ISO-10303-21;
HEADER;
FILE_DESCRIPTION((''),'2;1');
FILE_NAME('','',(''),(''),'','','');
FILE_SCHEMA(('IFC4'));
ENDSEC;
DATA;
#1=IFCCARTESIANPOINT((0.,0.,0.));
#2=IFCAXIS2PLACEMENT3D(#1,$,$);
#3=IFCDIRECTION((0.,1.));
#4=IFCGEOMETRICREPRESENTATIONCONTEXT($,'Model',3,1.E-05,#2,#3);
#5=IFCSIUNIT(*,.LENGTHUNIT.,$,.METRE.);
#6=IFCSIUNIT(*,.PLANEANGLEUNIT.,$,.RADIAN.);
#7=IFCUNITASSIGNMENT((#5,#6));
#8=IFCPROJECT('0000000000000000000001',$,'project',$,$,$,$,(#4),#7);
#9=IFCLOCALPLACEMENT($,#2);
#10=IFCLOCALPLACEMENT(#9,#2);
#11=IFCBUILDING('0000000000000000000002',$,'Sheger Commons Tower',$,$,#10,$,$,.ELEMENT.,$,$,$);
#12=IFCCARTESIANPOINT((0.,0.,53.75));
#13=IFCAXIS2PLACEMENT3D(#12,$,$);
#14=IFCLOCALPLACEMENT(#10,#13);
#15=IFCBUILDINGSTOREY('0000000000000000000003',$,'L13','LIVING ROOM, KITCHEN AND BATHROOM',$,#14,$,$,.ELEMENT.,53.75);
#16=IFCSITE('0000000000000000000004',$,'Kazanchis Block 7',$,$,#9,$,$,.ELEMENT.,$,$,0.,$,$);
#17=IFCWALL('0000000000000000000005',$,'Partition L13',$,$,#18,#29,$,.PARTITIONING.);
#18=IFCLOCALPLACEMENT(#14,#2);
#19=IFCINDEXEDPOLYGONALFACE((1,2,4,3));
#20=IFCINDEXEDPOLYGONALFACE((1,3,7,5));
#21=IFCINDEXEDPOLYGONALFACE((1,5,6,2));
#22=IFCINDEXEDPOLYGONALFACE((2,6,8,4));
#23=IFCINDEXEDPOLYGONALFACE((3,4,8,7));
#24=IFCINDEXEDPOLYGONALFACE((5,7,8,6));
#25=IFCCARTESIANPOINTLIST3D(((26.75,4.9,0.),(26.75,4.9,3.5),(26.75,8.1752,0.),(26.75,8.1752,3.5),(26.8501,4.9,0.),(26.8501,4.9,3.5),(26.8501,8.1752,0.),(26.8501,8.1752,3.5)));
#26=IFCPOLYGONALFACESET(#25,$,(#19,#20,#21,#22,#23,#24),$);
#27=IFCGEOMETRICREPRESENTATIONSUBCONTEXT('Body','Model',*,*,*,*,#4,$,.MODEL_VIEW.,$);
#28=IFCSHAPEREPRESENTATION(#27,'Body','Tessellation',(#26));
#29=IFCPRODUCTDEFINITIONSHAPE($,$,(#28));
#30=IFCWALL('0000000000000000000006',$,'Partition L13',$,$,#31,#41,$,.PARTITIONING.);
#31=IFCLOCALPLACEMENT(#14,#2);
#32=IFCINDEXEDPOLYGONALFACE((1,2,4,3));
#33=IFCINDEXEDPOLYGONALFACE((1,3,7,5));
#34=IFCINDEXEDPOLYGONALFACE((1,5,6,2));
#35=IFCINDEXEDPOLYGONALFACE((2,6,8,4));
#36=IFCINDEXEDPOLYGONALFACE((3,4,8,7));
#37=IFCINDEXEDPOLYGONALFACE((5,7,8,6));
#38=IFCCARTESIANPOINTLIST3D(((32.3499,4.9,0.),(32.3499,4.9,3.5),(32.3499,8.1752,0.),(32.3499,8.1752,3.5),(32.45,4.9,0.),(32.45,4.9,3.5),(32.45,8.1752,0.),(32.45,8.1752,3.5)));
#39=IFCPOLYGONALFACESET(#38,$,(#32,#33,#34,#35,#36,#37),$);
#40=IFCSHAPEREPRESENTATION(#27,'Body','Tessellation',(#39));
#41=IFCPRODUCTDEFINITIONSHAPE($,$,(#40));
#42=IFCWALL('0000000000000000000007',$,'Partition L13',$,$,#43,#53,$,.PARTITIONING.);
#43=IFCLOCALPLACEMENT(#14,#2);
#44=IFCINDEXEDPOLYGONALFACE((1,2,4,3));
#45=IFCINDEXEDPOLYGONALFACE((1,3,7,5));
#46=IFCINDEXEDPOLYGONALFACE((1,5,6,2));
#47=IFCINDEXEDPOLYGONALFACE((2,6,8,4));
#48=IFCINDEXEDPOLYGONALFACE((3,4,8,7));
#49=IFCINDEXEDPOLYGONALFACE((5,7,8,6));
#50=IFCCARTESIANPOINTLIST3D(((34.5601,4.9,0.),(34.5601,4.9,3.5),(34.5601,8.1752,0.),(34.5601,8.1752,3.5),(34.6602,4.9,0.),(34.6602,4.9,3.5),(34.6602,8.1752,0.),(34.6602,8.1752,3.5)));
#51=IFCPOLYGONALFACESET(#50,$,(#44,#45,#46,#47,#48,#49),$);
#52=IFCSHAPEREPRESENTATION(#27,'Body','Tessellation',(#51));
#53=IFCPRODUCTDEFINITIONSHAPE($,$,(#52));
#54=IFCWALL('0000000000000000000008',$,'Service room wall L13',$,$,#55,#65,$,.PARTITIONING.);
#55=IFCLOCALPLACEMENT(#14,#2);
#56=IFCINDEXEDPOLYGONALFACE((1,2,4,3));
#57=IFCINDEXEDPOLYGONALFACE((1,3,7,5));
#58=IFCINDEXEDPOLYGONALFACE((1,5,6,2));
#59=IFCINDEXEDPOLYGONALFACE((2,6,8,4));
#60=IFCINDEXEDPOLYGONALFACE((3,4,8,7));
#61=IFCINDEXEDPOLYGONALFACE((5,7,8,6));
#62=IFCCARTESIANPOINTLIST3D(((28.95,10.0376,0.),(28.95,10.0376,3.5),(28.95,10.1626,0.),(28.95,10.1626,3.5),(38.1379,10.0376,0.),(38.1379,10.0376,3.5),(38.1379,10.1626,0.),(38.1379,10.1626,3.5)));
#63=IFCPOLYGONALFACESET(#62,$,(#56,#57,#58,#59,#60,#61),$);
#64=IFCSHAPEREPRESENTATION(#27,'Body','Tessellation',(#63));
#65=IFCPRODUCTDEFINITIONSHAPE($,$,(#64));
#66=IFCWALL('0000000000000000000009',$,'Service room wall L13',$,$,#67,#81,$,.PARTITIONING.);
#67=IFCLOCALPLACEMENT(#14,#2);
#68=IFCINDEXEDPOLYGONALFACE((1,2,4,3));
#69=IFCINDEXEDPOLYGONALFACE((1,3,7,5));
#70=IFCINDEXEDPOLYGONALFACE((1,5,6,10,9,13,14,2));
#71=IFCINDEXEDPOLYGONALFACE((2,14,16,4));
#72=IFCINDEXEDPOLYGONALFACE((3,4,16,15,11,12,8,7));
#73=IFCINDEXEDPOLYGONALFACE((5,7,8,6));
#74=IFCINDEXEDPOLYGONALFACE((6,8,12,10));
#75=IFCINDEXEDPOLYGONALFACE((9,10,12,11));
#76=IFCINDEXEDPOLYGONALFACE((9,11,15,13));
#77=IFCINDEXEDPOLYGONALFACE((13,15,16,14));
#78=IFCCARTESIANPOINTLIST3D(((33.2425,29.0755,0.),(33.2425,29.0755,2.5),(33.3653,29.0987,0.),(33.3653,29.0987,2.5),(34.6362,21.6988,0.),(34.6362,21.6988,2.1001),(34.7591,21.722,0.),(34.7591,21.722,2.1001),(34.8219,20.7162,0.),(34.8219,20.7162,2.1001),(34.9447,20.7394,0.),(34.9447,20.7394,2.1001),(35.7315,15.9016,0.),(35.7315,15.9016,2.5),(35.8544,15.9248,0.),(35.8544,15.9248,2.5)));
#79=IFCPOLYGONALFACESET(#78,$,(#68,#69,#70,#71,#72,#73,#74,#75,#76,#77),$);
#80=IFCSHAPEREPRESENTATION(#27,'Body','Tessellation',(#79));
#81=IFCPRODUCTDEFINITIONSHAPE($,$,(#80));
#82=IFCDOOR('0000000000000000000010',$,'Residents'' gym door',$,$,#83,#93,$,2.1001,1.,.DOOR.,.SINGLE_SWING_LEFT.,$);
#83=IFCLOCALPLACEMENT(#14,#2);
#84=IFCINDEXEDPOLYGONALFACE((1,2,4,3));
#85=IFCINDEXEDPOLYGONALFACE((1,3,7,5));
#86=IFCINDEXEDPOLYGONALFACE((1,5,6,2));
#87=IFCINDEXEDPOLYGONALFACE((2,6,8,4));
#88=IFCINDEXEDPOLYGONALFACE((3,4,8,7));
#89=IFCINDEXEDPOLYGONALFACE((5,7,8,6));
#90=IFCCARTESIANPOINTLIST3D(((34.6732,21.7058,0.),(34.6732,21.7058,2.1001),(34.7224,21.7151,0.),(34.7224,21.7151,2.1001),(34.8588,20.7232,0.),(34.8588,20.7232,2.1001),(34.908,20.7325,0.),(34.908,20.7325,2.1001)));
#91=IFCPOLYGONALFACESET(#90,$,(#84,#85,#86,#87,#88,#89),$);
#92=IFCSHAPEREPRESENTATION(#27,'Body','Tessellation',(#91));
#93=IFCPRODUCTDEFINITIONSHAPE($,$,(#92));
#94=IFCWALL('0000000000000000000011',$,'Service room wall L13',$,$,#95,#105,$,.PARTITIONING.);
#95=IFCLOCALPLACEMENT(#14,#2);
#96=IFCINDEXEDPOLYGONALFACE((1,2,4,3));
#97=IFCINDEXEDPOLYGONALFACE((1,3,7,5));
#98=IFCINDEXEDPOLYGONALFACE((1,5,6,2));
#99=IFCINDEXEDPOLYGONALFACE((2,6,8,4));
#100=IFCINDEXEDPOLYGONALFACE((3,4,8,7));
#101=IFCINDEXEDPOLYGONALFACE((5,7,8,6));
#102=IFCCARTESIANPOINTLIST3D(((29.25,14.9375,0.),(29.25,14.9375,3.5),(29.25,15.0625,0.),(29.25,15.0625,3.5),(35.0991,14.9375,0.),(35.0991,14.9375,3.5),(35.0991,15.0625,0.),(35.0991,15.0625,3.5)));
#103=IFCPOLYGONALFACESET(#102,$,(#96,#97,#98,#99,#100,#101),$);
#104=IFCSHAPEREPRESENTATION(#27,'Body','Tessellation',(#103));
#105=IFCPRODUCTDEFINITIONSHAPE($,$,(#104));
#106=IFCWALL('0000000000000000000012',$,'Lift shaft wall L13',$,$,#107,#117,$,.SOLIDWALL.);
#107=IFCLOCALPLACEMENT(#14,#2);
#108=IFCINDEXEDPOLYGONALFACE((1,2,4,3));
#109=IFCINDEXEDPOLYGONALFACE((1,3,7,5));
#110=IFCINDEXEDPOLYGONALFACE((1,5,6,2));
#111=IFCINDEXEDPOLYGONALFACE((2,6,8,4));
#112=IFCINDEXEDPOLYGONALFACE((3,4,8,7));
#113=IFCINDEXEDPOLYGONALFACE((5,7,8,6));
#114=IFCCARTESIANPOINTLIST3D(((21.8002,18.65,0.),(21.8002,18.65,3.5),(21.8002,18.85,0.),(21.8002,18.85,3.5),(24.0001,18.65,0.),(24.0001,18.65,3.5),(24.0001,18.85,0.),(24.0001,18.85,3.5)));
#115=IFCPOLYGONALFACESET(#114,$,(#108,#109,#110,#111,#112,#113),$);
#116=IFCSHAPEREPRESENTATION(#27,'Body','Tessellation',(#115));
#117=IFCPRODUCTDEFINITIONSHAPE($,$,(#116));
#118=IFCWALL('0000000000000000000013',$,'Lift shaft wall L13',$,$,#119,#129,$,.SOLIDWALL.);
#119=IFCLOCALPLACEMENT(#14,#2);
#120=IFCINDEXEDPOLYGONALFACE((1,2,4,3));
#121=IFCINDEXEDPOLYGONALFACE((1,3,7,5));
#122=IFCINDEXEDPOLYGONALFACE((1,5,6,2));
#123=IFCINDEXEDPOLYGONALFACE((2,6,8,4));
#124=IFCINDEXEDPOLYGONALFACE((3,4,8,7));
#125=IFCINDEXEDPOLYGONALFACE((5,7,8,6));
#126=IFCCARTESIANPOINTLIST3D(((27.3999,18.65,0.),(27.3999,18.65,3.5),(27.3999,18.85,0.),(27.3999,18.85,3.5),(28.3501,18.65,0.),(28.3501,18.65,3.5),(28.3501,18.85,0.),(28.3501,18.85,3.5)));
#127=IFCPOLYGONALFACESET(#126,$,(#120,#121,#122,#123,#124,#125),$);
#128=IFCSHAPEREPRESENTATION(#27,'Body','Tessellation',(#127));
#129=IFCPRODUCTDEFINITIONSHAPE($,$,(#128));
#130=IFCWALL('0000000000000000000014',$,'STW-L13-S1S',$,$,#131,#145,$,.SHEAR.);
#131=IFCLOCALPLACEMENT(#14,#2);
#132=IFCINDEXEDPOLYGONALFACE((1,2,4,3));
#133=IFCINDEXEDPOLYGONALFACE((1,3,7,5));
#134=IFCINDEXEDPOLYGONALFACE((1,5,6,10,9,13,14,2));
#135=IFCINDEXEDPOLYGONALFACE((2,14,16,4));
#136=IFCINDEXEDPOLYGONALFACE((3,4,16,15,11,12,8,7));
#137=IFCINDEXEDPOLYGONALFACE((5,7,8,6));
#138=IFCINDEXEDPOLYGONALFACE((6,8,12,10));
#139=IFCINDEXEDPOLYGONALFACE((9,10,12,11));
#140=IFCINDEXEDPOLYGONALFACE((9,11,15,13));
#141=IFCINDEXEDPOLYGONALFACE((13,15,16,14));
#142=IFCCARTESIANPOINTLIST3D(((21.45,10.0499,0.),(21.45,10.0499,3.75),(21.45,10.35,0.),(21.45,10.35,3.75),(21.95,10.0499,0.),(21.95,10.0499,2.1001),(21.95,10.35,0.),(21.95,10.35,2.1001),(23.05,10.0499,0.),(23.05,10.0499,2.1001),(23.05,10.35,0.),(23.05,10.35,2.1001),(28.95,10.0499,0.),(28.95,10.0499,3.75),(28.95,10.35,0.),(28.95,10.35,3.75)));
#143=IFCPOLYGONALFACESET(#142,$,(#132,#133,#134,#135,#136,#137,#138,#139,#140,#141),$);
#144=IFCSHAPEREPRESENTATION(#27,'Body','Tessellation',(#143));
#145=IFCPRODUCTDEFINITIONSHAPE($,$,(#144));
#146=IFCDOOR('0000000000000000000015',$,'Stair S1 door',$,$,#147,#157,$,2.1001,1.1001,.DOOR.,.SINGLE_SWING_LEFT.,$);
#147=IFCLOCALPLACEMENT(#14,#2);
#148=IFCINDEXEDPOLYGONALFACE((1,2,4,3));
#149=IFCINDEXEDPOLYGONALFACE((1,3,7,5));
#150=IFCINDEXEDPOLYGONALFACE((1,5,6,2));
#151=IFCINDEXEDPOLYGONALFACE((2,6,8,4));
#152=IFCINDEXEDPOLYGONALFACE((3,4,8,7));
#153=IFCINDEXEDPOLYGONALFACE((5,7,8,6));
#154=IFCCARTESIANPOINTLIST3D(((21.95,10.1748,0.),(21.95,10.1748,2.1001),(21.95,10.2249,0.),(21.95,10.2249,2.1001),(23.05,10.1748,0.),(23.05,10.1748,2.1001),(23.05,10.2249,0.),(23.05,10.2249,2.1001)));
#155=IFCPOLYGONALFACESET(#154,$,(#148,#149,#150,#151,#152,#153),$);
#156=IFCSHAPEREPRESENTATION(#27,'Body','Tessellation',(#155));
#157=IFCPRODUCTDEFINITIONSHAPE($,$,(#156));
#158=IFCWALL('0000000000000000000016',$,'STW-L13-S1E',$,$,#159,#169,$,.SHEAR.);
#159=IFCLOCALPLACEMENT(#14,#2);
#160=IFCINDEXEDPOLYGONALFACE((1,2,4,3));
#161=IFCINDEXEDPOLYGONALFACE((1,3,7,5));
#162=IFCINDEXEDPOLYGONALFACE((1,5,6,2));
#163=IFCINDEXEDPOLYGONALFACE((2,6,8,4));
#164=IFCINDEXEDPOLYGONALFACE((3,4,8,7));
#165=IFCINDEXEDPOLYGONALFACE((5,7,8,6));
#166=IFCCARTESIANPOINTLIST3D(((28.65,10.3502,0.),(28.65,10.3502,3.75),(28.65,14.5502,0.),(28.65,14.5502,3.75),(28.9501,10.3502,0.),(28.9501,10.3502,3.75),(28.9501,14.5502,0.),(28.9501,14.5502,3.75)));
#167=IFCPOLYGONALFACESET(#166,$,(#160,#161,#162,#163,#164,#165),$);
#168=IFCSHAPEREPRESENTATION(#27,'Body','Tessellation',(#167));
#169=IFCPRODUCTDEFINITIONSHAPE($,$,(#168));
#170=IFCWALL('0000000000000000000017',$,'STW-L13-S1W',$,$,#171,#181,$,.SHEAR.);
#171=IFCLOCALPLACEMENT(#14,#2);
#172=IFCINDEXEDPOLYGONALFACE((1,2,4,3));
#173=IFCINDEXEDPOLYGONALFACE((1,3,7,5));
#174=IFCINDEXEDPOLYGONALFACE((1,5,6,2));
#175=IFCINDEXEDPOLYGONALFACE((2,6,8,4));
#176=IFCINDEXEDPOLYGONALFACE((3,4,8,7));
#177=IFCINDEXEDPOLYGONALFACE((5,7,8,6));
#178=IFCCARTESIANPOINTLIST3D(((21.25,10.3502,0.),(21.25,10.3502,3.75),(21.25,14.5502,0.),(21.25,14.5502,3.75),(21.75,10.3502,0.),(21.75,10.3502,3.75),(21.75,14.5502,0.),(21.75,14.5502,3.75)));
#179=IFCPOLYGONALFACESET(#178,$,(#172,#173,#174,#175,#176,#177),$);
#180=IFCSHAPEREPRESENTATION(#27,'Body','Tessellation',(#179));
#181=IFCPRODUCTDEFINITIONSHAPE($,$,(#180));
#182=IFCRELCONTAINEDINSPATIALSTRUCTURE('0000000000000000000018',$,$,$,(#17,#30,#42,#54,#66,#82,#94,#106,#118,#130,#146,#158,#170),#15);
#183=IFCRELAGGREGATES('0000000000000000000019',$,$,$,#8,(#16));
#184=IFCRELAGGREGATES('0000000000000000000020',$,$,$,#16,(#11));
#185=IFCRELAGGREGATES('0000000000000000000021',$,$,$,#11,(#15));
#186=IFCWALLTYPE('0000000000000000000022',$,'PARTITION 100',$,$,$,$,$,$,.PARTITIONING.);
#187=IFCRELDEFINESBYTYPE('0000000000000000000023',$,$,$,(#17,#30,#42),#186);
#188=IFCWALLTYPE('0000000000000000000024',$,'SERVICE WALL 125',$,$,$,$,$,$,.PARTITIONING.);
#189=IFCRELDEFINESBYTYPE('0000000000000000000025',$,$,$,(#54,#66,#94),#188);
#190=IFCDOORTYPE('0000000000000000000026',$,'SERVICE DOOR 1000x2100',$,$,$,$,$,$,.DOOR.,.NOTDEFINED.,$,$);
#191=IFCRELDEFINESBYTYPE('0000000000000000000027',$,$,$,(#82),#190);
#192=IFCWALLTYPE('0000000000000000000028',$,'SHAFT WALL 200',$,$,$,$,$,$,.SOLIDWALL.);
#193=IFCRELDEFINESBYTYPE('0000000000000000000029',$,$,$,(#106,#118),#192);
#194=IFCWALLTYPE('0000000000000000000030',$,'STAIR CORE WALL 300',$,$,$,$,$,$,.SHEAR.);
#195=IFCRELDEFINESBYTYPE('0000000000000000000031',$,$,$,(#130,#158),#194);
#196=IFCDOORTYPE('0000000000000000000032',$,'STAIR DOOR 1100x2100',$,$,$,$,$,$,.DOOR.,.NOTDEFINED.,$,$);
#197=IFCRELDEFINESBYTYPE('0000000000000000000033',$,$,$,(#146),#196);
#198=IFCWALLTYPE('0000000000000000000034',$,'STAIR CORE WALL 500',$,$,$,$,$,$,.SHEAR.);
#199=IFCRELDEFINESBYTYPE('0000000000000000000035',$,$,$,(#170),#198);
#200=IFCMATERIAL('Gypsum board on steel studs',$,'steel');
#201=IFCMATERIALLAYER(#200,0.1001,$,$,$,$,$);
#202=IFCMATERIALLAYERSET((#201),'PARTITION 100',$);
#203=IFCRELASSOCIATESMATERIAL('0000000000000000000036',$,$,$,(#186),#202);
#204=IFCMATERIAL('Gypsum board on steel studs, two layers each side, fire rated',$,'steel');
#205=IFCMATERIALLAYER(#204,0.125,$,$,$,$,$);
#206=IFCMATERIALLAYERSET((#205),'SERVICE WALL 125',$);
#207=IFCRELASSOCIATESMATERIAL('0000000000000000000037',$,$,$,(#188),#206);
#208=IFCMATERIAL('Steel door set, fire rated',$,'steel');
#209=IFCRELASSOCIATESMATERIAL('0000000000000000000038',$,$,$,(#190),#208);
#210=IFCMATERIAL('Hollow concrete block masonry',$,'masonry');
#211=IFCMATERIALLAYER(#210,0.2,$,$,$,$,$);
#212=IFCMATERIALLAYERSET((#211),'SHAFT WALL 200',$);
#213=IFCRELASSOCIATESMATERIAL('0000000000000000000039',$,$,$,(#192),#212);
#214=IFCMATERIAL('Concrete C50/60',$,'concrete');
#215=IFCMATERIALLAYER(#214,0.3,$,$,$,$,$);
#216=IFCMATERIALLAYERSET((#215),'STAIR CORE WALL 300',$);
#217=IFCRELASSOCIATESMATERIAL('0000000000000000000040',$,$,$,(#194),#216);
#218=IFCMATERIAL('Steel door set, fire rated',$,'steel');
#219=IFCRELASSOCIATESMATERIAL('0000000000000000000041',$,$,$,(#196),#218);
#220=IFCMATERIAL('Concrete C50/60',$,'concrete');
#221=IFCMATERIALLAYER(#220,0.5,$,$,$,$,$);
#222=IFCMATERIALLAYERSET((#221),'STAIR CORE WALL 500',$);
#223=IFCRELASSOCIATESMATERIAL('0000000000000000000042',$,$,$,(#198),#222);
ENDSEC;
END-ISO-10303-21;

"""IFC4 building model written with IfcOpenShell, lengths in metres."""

from ifc_helpers import new_model, si_unit, direction, frame, frame_2d, origin, place, context, subcontext, project, spatial, rectangle, extrude, material, layer, layer_set, type_object, element, fill, save


model = new_model("IFC4")

# Units and contexts
model_context = context("Model", 3, precision=1e-05, world=origin(), true_north=direction((0.0, 1.0)))
body_context = subcontext(model_context, "Body", "Model", "MODEL_VIEW")
ifc_project = project(units=[si_unit("LENGTHUNIT", "METRE"), si_unit("PLANEANGLEUNIT", "RADIAN")], contexts=[model_context])

# Site, building, storey
site_placement = place(None, origin())
site = spatial("IfcSite", under=ifc_project, at=site_placement, Name="Kazanchis Block 7", CompositionType="ELEMENT", RefElevation=0.0)
building_placement = place(site_placement, origin())
building = spatial("IfcBuilding", under=site, at=building_placement, Name="Sheger Commons Tower", CompositionType="ELEMENT")
storey_placement = place(building_placement, frame((0.0, 0.0, 53.75)))
storey = spatial("IfcBuildingStorey", under=building, at=storey_placement, Name="L13", Description="LIVING ROOM, KITCHEN AND BATHROOM", CompositionType="ELEMENT", Elevation=53.75)

# Walls
ifc_material_1 = material(Name="Gypsum board on steel studs", Category="steel")
ifc_layer_1 = layer(ifc_material_1, 0.1001)
ifc_layer_set_1 = layer_set([ifc_layer_1], Name="PARTITION 100")
wall_type_1 = type_object("IfcWallType", Name="PARTITION 100", PredefinedType="PARTITIONING", material=ifc_layer_set_1)
for number, where, z_axis, x_axis, name in (
    (1, (26.8, 4.8999, 0.0), (0.0, 0.0, 1.0), (0.0, 1.0, 0.0), "Partition L13"),
    (2, (32.3999, 4.8999, 0.0), (0.0, 0.0, 1.0), (0.0, 1.0, 0.0), "Partition L13"),
    (3, (34.6101, 4.8999, 0.0), (0.0, 0.0, 1.0), (0.0, 1.0, 0.0), "Partition L13"),
):
    element("IfcWall", number, at=place(storey_placement, frame(where, z_axis=z_axis, x_axis=x_axis)), inside=storey, type_object=wall_type_1, Name=name, PredefinedType="PARTITIONING", context=body_context, shape_type="SweptSolid", body=[
        extrude(rectangle(XDim=3.2751, YDim=0.1001, at=frame_2d((1.6377, 0.0))), origin(), (0.0, 0.0, 1.0), 3.5),
    ])
ifc_material_2 = material(Name="Gypsum board on steel studs, two layers each side, fire rated", Category="steel")
ifc_layer_2 = layer(ifc_material_2, 0.125)
ifc_layer_set_2 = layer_set([ifc_layer_2], Name="SERVICE WALL 125")
wall_type_2 = type_object("IfcWallType", Name="SERVICE WALL 125", PredefinedType="PARTITIONING", material=ifc_layer_set_2)
wall_1_placement = place(storey_placement, frame((28.95, 10.1001, 0.0), z_axis=(0.0, 0.0, 1.0), x_axis=(1.0, 0.0, 0.0)))
element("IfcWall", 4, at=wall_1_placement, inside=storey, type_object=wall_type_2, Name="Service room wall L13", PredefinedType="PARTITIONING", context=body_context, shape_type="SweptSolid", body=[
    extrude(rectangle(XDim=9.188, YDim=0.125, at=frame_2d((4.594, 0.0))), origin(), (0.0, 0.0, 1.0), 3.5),
])

# Wall, opening, door
wall_2_placement = place(storey_placement, frame((35.793, 15.9131, 0.0), z_axis=(0.0, 0.0, 1.0), x_axis=(-0.185652, 0.982616, 0.0)))
wall_2 = element("IfcWall", 5, at=wall_2_placement, inside=storey, type_object=wall_type_2, Name="Service room wall L13", PredefinedType="PARTITIONING", context=body_context, shape_type="SweptSolid", body=[
    extrude(rectangle(XDim=13.407, YDim=0.125, at=frame_2d((6.7036, 0.0))), origin(), (0.0, 0.0, 1.0), 2.5),
])
opening_1_placement = place(wall_2_placement, frame((4.8999, 0.0, 0.0)))
opening_1 = element("IfcOpeningElement", 6, at=opening_1_placement, cuts=wall_2, PredefinedType="OPENING", context=body_context, shape_type="SweptSolid", body=[
    extrude(rectangle(XDim=1.0, YDim=2.1001, at=frame_2d((0.5, 1.05))), frame((0.0, 0.0725, 0.0), z_axis=(0.0, -1.0, 0.0), x_axis=(1.0, 0.0, 0.0)), (0.0, 0.0, 1.0), 0.145),
])
ifc_material_3 = material(Name="Steel door set, fire rated", Category="steel")
door_type_1 = type_object("IfcDoorType", Name="SERVICE DOOR 1000x2100", OperationType="NOTDEFINED", PredefinedType="DOOR", material=ifc_material_3)
door_1_placement = place(opening_1_placement, origin())
door_1 = element("IfcDoor", 7, at=door_1_placement, inside=storey, type_object=door_type_1, Name="Residents' gym door", OperationType="SINGLE_SWING_LEFT", OverallHeight=2.1001, OverallWidth=1.0, PredefinedType="DOOR", context=body_context, shape_type="SweptSolid", body=[
    extrude(rectangle(XDim=1.0, YDim=2.1001, at=frame_2d((0.5, 1.05))), frame((0.0, 0.0249, 0.0), z_axis=(0.0, -1.0, 0.0), x_axis=(1.0, 0.0, 0.0)), (0.0, 0.0, 1.0), 0.05),
])
fill(opening_1, door_1)

# Walls
wall_3_placement = place(storey_placement, frame((29.25, 15.0, 0.0), z_axis=(0.0, 0.0, 1.0), x_axis=(1.0, 0.0, 0.0)))
element("IfcWall", 8, at=wall_3_placement, inside=storey, type_object=wall_type_2, Name="Service room wall L13", PredefinedType="PARTITIONING", context=body_context, shape_type="SweptSolid", body=[
    extrude(rectangle(XDim=5.8491, YDim=0.125, at=frame_2d((2.9246, 0.0))), origin(), (0.0, 0.0, 1.0), 3.5),
])
ifc_material_4 = material(Name="Hollow concrete block masonry", Category="masonry")
ifc_layer_3 = layer(ifc_material_4, 0.2)
ifc_layer_set_3 = layer_set([ifc_layer_3], Name="SHAFT WALL 200")
wall_type_3 = type_object("IfcWallType", Name="SHAFT WALL 200", PredefinedType="SOLIDWALL", material=ifc_layer_set_3)
wall_4_placement = place(storey_placement, frame((21.8, 18.75, 0.0), z_axis=(0.0, 0.0, 1.0), x_axis=(1.0, 0.0, 0.0)))
element("IfcWall", 9, at=wall_4_placement, inside=storey, type_object=wall_type_3, Name="Lift shaft wall L13", PredefinedType="SOLIDWALL", context=body_context, shape_type="SweptSolid", body=[
    extrude(rectangle(XDim=2.2, YDim=0.2, at=frame_2d((1.1001, 0.0))), origin(), (0.0, 0.0, 1.0), 3.5),
])
wall_5_placement = place(storey_placement, frame((27.3999, 18.75, 0.0), z_axis=(0.0, 0.0, 1.0), x_axis=(1.0, 0.0, 0.0)))
element("IfcWall", 10, at=wall_5_placement, inside=storey, type_object=wall_type_3, Name="Lift shaft wall L13", PredefinedType="SOLIDWALL", context=body_context, shape_type="SweptSolid", body=[
    extrude(rectangle(XDim=0.9502, YDim=0.2, at=frame_2d((0.4751, 0.0))), origin(), (0.0, 0.0, 1.0), 3.5),
])

# Wall, opening, door
ifc_material_5 = material(Name="Concrete C50/60", Category="concrete")
ifc_layer_4 = layer(ifc_material_5, 0.3)
ifc_layer_set_4 = layer_set([ifc_layer_4], Name="STAIR CORE WALL 300")
wall_type_4 = type_object("IfcWallType", Name="STAIR CORE WALL 300", PredefinedType="SHEAR", material=ifc_layer_set_4)
wall_6_placement = place(storey_placement, frame((21.45, 10.2, 0.0), z_axis=(0.0, 0.0, 1.0), x_axis=(1.0, 0.0, 0.0)))
wall_6 = element("IfcWall", 11, at=wall_6_placement, inside=storey, type_object=wall_type_4, Name="STW-L13-S1S", PredefinedType="SHEAR", context=body_context, shape_type="SweptSolid", body=[
    extrude(rectangle(XDim=7.5, YDim=0.3, at=frame_2d((3.75, 0.0))), origin(), (0.0, 0.0, 1.0), 3.75),
])
opening_2_placement = place(wall_6_placement, frame((0.5, 0.0, 0.0)))
opening_2 = element("IfcOpeningElement", 12, at=opening_2_placement, cuts=wall_6, PredefinedType="OPENING", context=body_context, shape_type="SweptSolid", body=[
    extrude(rectangle(XDim=1.1001, YDim=2.1001, at=frame_2d((0.55, 1.05))), frame((0.0, 0.1599, 0.0), z_axis=(0.0, -1.0, 0.0), x_axis=(1.0, 0.0, 0.0)), (0.0, 0.0, 1.0), 0.3201),
])
ifc_material_6 = material(Name="Steel door set, fire rated", Category="steel")
door_type_2 = type_object("IfcDoorType", Name="STAIR DOOR 1100x2100", OperationType="NOTDEFINED", PredefinedType="DOOR", material=ifc_material_6)
door_2_placement = place(opening_2_placement, origin())
door_2 = element("IfcDoor", 13, at=door_2_placement, inside=storey, type_object=door_type_2, Name="Stair S1 door", OperationType="SINGLE_SWING_LEFT", OverallHeight=2.1001, OverallWidth=1.1001, PredefinedType="DOOR", context=body_context, shape_type="SweptSolid", body=[
    extrude(rectangle(XDim=1.1001, YDim=2.1001, at=frame_2d((0.55, 1.05))), frame((0.0, 0.0249, 0.0), z_axis=(0.0, -1.0, 0.0), x_axis=(1.0, 0.0, 0.0)), (0.0, 0.0, 1.0), 0.05),
])
fill(opening_2, door_2)

# Walls
wall_7_placement = place(storey_placement, frame((28.8, 10.3501, 0.0), z_axis=(0.0, 0.0, 1.0), x_axis=(0.0, 1.0, 0.0)))
element("IfcWall", 14, at=wall_7_placement, inside=storey, type_object=wall_type_4, Name="STW-L13-S1E", PredefinedType="SHEAR", context=body_context, shape_type="SweptSolid", body=[
    extrude(rectangle(XDim=4.2, YDim=0.3, at=frame_2d((2.1001, 0.0))), origin(), (0.0, 0.0, 1.0), 3.75),
])
ifc_material_7 = material(Name="Concrete C50/60", Category="concrete")
ifc_layer_5 = layer(ifc_material_7, 0.5)
ifc_layer_set_5 = layer_set([ifc_layer_5], Name="STAIR CORE WALL 500")
wall_type_5 = type_object("IfcWallType", Name="STAIR CORE WALL 500", PredefinedType="SHEAR", material=ifc_layer_set_5)
wall_8_placement = place(storey_placement, frame((21.5, 10.3501, 0.0), z_axis=(0.0, 0.0, 1.0), x_axis=(0.0, 1.0, 0.0)))
element("IfcWall", 15, at=wall_8_placement, inside=storey, type_object=wall_type_5, Name="STW-L13-S1W", PredefinedType="SHEAR", context=body_context, shape_type="SweptSolid", body=[
    extrude(rectangle(XDim=4.2, YDim=0.5, at=frame_2d((2.1001, 0.0))), origin(), (0.0, 0.0, 1.0), 3.75),
])

save(model, "model.ifc")
